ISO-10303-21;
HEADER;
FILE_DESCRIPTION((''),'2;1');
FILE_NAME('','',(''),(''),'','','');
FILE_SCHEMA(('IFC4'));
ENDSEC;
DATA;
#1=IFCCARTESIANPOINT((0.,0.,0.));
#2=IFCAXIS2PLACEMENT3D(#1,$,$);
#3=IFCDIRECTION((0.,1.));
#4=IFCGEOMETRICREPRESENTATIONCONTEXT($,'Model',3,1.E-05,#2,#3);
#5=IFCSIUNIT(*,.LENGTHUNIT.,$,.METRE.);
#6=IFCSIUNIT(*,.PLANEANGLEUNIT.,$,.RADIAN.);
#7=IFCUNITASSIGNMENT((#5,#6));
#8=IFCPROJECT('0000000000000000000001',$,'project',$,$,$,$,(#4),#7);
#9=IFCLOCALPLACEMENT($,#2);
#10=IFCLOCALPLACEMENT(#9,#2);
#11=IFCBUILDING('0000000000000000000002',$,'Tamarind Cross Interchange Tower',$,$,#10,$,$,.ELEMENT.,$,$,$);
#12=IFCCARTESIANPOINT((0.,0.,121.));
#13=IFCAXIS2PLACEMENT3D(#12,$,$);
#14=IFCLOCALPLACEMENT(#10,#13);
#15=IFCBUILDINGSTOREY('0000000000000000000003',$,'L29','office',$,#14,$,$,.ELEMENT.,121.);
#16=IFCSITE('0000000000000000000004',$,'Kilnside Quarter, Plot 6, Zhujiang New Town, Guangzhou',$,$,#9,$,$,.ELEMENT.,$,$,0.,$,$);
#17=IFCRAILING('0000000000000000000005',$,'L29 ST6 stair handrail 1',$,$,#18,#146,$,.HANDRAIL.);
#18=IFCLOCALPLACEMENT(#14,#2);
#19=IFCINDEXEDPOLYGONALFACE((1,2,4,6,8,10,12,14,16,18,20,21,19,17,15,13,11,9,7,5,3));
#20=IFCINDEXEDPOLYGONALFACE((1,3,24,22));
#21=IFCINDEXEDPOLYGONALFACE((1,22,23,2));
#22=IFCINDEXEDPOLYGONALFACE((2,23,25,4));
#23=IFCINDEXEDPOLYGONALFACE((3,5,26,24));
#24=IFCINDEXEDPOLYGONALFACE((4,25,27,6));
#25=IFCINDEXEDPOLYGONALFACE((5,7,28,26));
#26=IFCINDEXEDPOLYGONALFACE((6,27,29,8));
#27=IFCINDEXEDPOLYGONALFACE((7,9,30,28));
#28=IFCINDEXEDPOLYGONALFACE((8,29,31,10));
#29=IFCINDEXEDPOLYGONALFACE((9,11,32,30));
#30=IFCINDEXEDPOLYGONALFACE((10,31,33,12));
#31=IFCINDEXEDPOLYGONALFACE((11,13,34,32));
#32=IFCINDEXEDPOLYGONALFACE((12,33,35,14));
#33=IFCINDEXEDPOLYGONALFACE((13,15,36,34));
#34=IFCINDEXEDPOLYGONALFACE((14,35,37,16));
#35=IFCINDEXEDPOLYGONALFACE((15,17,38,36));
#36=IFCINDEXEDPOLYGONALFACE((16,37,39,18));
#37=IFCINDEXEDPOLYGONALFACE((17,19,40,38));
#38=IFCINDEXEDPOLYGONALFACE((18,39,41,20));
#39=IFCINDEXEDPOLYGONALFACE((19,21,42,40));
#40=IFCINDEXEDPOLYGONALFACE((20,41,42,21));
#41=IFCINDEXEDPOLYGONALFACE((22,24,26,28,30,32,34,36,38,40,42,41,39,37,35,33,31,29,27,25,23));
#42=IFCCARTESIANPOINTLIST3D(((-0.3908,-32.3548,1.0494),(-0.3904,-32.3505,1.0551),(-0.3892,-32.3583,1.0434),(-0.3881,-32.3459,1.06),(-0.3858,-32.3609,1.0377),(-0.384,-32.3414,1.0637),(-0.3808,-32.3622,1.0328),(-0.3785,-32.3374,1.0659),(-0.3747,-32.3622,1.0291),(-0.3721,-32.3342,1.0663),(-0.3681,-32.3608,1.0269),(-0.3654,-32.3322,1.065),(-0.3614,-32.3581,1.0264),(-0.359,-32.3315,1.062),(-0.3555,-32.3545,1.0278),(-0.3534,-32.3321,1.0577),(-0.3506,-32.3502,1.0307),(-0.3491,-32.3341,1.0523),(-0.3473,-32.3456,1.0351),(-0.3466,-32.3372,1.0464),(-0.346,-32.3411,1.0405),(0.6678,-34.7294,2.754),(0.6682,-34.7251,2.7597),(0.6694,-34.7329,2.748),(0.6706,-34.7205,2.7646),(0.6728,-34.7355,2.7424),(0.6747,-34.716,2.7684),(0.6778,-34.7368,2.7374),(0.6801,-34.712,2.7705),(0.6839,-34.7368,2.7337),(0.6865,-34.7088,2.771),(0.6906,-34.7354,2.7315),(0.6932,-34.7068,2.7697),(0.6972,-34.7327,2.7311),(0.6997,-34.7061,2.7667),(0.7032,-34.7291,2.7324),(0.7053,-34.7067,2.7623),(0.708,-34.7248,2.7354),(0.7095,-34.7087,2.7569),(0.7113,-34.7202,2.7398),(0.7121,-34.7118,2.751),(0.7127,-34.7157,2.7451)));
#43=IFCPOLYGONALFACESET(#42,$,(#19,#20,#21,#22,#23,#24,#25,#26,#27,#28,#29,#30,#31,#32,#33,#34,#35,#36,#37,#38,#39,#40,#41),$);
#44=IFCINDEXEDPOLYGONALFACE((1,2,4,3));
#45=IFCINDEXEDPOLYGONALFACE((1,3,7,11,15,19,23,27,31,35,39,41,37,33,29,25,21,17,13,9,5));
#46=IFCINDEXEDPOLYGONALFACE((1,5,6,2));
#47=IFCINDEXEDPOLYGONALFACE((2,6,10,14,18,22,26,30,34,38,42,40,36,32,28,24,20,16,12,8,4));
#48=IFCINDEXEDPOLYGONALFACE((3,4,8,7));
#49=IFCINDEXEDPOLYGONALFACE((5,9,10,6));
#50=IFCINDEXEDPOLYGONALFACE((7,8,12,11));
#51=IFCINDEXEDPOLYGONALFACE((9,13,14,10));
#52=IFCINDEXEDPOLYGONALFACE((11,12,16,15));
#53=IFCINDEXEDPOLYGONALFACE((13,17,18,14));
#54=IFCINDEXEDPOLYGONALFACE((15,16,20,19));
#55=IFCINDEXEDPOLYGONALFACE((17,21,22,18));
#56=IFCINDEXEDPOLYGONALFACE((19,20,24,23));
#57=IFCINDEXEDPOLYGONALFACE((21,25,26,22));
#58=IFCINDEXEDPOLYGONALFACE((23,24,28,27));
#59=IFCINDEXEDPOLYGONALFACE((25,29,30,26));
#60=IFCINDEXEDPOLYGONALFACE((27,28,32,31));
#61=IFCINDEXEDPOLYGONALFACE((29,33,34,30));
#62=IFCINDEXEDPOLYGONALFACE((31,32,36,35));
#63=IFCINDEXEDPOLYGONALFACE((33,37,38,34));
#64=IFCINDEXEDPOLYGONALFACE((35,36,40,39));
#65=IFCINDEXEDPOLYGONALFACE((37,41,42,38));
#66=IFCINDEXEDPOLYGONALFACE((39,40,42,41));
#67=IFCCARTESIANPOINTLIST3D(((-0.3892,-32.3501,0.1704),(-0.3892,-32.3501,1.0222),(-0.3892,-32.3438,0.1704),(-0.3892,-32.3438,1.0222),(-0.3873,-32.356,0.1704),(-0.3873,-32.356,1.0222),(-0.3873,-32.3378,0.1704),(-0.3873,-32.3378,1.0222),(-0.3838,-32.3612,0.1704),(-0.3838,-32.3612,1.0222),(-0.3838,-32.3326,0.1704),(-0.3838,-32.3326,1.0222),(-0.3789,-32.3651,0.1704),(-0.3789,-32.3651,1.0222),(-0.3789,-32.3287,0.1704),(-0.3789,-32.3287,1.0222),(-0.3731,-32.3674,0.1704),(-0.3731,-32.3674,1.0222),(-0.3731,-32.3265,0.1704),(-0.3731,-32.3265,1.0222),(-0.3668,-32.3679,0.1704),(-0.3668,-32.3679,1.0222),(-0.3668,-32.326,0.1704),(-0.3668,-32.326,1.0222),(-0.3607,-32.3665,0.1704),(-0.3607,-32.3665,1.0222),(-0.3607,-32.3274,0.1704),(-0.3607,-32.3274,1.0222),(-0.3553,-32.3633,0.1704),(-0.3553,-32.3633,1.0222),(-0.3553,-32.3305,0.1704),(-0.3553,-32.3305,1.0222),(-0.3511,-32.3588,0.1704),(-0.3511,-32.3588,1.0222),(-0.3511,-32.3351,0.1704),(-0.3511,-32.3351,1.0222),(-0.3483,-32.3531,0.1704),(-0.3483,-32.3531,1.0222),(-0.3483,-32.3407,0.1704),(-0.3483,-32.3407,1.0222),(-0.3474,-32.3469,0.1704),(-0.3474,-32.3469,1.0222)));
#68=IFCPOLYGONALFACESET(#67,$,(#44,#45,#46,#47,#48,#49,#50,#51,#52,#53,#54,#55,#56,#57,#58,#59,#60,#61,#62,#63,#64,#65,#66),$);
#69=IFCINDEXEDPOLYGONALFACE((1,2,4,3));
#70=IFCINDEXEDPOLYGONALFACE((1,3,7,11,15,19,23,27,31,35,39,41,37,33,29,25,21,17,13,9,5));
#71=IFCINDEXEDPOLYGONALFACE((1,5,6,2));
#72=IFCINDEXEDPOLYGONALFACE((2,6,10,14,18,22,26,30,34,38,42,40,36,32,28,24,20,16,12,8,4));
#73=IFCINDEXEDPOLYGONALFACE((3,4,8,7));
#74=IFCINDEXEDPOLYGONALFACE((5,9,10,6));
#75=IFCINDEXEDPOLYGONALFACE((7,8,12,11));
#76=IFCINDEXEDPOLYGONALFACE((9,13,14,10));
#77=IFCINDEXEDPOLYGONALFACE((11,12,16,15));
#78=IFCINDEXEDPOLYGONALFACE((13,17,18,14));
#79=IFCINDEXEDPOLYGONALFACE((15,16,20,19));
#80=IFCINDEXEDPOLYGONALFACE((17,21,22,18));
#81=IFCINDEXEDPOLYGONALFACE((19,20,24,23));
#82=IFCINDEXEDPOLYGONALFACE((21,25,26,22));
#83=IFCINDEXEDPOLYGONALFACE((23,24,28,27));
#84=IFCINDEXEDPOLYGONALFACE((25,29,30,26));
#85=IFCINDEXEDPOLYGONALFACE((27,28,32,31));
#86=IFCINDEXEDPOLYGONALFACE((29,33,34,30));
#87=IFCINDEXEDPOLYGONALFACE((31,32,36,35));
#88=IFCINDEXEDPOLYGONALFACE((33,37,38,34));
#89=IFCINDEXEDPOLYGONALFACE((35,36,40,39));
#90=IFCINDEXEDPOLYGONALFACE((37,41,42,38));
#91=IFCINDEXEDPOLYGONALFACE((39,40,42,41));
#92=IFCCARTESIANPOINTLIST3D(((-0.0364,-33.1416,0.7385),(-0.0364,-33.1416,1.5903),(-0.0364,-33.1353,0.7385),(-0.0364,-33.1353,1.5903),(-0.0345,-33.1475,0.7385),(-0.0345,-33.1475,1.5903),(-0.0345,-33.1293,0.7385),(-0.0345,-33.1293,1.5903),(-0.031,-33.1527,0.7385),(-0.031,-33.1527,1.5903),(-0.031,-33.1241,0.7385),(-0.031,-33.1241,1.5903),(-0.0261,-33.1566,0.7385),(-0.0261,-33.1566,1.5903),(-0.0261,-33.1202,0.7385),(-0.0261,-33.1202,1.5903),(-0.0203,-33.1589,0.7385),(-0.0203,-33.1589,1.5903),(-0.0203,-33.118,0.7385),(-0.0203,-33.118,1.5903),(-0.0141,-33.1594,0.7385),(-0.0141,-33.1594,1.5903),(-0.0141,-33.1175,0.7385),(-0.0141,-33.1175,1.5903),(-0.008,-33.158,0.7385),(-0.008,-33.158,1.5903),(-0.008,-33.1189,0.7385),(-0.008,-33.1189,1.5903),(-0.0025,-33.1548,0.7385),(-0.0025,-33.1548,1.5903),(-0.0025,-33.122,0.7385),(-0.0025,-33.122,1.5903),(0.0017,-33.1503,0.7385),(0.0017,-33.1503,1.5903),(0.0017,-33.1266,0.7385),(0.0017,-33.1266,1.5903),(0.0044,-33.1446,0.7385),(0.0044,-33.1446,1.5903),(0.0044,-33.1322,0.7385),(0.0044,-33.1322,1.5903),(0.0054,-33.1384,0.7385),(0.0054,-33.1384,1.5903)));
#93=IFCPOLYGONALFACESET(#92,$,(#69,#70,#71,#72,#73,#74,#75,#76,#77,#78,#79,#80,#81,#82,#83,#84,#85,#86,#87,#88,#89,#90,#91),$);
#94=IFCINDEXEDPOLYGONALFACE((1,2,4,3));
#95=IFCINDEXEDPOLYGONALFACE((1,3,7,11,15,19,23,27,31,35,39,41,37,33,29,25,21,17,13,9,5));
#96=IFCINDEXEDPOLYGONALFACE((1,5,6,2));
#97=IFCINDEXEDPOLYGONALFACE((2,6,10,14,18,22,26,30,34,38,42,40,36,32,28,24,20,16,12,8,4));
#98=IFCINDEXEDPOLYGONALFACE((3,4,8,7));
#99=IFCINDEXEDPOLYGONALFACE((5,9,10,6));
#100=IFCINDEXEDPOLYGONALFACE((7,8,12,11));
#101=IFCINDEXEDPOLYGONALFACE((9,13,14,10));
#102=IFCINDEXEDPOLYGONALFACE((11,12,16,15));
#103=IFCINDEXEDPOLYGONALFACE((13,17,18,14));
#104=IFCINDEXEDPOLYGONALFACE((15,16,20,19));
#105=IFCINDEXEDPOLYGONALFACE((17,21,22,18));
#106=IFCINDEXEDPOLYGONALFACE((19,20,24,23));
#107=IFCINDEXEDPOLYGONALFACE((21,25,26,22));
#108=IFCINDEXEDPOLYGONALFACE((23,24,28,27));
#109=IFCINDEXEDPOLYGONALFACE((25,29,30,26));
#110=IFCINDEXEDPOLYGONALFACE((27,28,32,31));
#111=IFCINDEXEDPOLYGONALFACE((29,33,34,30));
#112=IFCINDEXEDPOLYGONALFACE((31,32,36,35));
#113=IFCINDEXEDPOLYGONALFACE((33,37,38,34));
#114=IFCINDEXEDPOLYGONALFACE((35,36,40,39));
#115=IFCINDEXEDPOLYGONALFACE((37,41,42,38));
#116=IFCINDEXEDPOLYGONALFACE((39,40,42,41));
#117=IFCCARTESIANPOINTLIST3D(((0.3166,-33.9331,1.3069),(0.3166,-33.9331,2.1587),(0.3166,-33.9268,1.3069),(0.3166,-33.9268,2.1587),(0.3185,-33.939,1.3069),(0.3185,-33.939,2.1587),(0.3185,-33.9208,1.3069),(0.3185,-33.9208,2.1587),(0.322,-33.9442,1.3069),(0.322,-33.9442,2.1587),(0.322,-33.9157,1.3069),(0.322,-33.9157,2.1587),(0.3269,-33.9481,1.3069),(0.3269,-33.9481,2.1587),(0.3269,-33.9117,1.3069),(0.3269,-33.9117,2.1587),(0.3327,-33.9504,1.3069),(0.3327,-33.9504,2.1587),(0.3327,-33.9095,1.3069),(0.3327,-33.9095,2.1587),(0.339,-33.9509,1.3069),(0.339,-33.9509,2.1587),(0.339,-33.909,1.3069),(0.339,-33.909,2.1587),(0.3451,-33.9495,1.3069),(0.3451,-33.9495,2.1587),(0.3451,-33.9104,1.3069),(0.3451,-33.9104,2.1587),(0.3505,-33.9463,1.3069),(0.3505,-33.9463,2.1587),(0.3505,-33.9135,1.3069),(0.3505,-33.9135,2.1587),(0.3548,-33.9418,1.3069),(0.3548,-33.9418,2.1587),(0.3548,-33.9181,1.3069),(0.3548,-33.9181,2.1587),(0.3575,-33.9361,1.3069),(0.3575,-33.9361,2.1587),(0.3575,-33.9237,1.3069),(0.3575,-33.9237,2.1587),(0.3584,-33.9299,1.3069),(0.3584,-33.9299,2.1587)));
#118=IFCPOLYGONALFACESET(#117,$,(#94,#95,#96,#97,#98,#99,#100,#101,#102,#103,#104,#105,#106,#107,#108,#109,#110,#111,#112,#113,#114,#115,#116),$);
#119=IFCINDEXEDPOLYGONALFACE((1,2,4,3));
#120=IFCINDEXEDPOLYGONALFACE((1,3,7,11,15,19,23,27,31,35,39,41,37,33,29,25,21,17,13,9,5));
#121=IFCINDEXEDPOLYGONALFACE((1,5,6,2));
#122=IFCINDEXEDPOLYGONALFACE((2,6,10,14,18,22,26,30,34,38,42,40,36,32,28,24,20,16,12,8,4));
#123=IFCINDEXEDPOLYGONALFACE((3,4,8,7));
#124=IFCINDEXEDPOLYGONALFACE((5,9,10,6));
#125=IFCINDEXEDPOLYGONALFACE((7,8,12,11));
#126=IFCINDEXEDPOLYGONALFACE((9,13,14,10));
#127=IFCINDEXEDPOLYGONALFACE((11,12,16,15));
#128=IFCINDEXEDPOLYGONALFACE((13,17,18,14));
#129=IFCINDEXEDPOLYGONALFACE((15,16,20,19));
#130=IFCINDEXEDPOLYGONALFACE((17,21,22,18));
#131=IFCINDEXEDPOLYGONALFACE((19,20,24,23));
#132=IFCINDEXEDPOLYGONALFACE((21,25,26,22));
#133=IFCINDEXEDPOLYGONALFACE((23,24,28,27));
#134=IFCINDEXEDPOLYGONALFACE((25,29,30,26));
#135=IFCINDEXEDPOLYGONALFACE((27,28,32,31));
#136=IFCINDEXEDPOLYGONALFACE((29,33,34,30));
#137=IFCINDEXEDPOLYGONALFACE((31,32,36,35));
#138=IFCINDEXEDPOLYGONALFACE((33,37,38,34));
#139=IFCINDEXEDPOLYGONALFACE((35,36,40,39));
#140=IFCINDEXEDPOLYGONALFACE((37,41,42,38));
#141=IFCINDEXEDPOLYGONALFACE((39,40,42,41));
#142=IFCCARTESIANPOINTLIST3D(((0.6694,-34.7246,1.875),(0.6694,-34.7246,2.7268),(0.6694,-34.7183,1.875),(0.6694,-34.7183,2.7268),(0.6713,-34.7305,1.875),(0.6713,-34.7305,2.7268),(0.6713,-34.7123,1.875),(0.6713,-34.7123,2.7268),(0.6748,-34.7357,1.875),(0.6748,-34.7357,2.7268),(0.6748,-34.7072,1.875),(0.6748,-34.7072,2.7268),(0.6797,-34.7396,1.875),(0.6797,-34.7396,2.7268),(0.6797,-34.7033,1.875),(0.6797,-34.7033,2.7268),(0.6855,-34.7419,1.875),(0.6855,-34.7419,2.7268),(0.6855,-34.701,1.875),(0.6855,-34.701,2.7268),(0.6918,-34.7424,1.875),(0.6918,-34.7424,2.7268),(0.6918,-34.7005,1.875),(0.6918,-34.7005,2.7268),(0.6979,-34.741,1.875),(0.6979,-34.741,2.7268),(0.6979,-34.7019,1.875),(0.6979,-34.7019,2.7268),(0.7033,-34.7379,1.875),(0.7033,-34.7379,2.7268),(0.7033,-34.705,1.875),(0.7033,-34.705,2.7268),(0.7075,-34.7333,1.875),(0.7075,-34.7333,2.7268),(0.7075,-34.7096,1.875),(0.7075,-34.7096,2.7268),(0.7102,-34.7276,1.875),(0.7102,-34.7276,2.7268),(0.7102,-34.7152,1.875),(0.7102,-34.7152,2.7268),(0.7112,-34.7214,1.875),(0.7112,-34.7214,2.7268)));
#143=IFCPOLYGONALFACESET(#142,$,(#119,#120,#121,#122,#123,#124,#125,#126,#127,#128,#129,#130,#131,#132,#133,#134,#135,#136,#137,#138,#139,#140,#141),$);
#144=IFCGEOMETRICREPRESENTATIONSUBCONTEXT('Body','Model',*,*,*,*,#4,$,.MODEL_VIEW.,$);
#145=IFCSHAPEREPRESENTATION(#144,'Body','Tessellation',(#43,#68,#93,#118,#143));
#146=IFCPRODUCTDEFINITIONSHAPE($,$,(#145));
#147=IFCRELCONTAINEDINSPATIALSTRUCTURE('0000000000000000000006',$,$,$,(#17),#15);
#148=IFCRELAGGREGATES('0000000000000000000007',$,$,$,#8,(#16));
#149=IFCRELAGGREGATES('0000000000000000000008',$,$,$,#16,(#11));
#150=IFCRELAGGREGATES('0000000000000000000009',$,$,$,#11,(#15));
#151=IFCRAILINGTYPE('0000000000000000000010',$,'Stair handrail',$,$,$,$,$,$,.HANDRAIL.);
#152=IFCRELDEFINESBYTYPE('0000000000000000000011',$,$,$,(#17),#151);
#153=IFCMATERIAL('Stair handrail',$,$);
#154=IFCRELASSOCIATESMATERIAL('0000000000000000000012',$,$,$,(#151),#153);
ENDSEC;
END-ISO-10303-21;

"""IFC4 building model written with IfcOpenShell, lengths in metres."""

from ifc_helpers import new_model, si_unit, direction, frame, origin, origin_2d, place, context, subcontext, project, spatial, circle, extrude, material, type_object, element, save


model = new_model("IFC4")

# Units and contexts
model_context = context("Model", 3, precision=1e-05, world=origin(), true_north=direction((0.0, 1.0)))
body_context = subcontext(model_context, "Body", "Model", "MODEL_VIEW")
ifc_project = project(units=[si_unit("LENGTHUNIT", "METRE"), si_unit("PLANEANGLEUNIT", "RADIAN")], contexts=[model_context])

# Site, building, storey
site_placement = place(None, origin())
site = spatial("IfcSite", under=ifc_project, at=site_placement, Name="Kilnside Quarter, Plot 6, Zhujiang New Town, Guangzhou", CompositionType="ELEMENT", RefElevation=0.0)
building_placement = place(site_placement, origin())
building = spatial("IfcBuilding", under=site, at=building_placement, Name="Tamarind Cross Interchange Tower", CompositionType="ELEMENT")
storey_placement = place(building_placement, frame((0.0, 0.0, 121.0)))
storey = spatial("IfcBuildingStorey", under=building, at=storey_placement, Name="L29", Description="office", CompositionType="ELEMENT", Elevation=121.0)

# Railing
ifc_material_1 = material(Name="Stair handrail")
railing_type = type_object("IfcRailingType", Name="Stair handrail", PredefinedType="HANDRAIL", material=ifc_material_1)
railing_placement = place(storey_placement, frame((-0.3684, -32.3469, 0.1704)))
element("IfcRailing", 1, at=railing_placement, inside=storey, type_object=railing_type, Name="L29 ST6 stair handrail 1", PredefinedType="HANDRAIL", context=body_context, shape_type="SweptSolid", body=[
    extrude(circle(Radius=0.0239, at=origin_2d()), frame((0.0, 0.0, 0.876), z_axis=(0.340517, -0.763807, 0.548314), x_axis=(0.913346, 0.407184, 0.0)), (0.0, 0.0, 1.0), 3.1089),
    extrude(circle(Radius=0.021, at=origin_2d()), origin(), (0.0, 0.0, 1.0), 0.8518),
    extrude(circle(Radius=0.021, at=origin_2d()), frame((0.3528, -0.7915, 0.5681)), (0.0, 0.0, 1.0), 0.8518),
    extrude(circle(Radius=0.021, at=origin_2d()), frame((0.7058, -1.583, 1.1365)), (0.0, 0.0, 1.0), 0.8518),
    extrude(circle(Radius=0.021, at=origin_2d()), frame((1.0586, -2.3745, 1.7046)), (0.0, 0.0, 1.0), 0.8518),
])

save(model, "model.ifc")
